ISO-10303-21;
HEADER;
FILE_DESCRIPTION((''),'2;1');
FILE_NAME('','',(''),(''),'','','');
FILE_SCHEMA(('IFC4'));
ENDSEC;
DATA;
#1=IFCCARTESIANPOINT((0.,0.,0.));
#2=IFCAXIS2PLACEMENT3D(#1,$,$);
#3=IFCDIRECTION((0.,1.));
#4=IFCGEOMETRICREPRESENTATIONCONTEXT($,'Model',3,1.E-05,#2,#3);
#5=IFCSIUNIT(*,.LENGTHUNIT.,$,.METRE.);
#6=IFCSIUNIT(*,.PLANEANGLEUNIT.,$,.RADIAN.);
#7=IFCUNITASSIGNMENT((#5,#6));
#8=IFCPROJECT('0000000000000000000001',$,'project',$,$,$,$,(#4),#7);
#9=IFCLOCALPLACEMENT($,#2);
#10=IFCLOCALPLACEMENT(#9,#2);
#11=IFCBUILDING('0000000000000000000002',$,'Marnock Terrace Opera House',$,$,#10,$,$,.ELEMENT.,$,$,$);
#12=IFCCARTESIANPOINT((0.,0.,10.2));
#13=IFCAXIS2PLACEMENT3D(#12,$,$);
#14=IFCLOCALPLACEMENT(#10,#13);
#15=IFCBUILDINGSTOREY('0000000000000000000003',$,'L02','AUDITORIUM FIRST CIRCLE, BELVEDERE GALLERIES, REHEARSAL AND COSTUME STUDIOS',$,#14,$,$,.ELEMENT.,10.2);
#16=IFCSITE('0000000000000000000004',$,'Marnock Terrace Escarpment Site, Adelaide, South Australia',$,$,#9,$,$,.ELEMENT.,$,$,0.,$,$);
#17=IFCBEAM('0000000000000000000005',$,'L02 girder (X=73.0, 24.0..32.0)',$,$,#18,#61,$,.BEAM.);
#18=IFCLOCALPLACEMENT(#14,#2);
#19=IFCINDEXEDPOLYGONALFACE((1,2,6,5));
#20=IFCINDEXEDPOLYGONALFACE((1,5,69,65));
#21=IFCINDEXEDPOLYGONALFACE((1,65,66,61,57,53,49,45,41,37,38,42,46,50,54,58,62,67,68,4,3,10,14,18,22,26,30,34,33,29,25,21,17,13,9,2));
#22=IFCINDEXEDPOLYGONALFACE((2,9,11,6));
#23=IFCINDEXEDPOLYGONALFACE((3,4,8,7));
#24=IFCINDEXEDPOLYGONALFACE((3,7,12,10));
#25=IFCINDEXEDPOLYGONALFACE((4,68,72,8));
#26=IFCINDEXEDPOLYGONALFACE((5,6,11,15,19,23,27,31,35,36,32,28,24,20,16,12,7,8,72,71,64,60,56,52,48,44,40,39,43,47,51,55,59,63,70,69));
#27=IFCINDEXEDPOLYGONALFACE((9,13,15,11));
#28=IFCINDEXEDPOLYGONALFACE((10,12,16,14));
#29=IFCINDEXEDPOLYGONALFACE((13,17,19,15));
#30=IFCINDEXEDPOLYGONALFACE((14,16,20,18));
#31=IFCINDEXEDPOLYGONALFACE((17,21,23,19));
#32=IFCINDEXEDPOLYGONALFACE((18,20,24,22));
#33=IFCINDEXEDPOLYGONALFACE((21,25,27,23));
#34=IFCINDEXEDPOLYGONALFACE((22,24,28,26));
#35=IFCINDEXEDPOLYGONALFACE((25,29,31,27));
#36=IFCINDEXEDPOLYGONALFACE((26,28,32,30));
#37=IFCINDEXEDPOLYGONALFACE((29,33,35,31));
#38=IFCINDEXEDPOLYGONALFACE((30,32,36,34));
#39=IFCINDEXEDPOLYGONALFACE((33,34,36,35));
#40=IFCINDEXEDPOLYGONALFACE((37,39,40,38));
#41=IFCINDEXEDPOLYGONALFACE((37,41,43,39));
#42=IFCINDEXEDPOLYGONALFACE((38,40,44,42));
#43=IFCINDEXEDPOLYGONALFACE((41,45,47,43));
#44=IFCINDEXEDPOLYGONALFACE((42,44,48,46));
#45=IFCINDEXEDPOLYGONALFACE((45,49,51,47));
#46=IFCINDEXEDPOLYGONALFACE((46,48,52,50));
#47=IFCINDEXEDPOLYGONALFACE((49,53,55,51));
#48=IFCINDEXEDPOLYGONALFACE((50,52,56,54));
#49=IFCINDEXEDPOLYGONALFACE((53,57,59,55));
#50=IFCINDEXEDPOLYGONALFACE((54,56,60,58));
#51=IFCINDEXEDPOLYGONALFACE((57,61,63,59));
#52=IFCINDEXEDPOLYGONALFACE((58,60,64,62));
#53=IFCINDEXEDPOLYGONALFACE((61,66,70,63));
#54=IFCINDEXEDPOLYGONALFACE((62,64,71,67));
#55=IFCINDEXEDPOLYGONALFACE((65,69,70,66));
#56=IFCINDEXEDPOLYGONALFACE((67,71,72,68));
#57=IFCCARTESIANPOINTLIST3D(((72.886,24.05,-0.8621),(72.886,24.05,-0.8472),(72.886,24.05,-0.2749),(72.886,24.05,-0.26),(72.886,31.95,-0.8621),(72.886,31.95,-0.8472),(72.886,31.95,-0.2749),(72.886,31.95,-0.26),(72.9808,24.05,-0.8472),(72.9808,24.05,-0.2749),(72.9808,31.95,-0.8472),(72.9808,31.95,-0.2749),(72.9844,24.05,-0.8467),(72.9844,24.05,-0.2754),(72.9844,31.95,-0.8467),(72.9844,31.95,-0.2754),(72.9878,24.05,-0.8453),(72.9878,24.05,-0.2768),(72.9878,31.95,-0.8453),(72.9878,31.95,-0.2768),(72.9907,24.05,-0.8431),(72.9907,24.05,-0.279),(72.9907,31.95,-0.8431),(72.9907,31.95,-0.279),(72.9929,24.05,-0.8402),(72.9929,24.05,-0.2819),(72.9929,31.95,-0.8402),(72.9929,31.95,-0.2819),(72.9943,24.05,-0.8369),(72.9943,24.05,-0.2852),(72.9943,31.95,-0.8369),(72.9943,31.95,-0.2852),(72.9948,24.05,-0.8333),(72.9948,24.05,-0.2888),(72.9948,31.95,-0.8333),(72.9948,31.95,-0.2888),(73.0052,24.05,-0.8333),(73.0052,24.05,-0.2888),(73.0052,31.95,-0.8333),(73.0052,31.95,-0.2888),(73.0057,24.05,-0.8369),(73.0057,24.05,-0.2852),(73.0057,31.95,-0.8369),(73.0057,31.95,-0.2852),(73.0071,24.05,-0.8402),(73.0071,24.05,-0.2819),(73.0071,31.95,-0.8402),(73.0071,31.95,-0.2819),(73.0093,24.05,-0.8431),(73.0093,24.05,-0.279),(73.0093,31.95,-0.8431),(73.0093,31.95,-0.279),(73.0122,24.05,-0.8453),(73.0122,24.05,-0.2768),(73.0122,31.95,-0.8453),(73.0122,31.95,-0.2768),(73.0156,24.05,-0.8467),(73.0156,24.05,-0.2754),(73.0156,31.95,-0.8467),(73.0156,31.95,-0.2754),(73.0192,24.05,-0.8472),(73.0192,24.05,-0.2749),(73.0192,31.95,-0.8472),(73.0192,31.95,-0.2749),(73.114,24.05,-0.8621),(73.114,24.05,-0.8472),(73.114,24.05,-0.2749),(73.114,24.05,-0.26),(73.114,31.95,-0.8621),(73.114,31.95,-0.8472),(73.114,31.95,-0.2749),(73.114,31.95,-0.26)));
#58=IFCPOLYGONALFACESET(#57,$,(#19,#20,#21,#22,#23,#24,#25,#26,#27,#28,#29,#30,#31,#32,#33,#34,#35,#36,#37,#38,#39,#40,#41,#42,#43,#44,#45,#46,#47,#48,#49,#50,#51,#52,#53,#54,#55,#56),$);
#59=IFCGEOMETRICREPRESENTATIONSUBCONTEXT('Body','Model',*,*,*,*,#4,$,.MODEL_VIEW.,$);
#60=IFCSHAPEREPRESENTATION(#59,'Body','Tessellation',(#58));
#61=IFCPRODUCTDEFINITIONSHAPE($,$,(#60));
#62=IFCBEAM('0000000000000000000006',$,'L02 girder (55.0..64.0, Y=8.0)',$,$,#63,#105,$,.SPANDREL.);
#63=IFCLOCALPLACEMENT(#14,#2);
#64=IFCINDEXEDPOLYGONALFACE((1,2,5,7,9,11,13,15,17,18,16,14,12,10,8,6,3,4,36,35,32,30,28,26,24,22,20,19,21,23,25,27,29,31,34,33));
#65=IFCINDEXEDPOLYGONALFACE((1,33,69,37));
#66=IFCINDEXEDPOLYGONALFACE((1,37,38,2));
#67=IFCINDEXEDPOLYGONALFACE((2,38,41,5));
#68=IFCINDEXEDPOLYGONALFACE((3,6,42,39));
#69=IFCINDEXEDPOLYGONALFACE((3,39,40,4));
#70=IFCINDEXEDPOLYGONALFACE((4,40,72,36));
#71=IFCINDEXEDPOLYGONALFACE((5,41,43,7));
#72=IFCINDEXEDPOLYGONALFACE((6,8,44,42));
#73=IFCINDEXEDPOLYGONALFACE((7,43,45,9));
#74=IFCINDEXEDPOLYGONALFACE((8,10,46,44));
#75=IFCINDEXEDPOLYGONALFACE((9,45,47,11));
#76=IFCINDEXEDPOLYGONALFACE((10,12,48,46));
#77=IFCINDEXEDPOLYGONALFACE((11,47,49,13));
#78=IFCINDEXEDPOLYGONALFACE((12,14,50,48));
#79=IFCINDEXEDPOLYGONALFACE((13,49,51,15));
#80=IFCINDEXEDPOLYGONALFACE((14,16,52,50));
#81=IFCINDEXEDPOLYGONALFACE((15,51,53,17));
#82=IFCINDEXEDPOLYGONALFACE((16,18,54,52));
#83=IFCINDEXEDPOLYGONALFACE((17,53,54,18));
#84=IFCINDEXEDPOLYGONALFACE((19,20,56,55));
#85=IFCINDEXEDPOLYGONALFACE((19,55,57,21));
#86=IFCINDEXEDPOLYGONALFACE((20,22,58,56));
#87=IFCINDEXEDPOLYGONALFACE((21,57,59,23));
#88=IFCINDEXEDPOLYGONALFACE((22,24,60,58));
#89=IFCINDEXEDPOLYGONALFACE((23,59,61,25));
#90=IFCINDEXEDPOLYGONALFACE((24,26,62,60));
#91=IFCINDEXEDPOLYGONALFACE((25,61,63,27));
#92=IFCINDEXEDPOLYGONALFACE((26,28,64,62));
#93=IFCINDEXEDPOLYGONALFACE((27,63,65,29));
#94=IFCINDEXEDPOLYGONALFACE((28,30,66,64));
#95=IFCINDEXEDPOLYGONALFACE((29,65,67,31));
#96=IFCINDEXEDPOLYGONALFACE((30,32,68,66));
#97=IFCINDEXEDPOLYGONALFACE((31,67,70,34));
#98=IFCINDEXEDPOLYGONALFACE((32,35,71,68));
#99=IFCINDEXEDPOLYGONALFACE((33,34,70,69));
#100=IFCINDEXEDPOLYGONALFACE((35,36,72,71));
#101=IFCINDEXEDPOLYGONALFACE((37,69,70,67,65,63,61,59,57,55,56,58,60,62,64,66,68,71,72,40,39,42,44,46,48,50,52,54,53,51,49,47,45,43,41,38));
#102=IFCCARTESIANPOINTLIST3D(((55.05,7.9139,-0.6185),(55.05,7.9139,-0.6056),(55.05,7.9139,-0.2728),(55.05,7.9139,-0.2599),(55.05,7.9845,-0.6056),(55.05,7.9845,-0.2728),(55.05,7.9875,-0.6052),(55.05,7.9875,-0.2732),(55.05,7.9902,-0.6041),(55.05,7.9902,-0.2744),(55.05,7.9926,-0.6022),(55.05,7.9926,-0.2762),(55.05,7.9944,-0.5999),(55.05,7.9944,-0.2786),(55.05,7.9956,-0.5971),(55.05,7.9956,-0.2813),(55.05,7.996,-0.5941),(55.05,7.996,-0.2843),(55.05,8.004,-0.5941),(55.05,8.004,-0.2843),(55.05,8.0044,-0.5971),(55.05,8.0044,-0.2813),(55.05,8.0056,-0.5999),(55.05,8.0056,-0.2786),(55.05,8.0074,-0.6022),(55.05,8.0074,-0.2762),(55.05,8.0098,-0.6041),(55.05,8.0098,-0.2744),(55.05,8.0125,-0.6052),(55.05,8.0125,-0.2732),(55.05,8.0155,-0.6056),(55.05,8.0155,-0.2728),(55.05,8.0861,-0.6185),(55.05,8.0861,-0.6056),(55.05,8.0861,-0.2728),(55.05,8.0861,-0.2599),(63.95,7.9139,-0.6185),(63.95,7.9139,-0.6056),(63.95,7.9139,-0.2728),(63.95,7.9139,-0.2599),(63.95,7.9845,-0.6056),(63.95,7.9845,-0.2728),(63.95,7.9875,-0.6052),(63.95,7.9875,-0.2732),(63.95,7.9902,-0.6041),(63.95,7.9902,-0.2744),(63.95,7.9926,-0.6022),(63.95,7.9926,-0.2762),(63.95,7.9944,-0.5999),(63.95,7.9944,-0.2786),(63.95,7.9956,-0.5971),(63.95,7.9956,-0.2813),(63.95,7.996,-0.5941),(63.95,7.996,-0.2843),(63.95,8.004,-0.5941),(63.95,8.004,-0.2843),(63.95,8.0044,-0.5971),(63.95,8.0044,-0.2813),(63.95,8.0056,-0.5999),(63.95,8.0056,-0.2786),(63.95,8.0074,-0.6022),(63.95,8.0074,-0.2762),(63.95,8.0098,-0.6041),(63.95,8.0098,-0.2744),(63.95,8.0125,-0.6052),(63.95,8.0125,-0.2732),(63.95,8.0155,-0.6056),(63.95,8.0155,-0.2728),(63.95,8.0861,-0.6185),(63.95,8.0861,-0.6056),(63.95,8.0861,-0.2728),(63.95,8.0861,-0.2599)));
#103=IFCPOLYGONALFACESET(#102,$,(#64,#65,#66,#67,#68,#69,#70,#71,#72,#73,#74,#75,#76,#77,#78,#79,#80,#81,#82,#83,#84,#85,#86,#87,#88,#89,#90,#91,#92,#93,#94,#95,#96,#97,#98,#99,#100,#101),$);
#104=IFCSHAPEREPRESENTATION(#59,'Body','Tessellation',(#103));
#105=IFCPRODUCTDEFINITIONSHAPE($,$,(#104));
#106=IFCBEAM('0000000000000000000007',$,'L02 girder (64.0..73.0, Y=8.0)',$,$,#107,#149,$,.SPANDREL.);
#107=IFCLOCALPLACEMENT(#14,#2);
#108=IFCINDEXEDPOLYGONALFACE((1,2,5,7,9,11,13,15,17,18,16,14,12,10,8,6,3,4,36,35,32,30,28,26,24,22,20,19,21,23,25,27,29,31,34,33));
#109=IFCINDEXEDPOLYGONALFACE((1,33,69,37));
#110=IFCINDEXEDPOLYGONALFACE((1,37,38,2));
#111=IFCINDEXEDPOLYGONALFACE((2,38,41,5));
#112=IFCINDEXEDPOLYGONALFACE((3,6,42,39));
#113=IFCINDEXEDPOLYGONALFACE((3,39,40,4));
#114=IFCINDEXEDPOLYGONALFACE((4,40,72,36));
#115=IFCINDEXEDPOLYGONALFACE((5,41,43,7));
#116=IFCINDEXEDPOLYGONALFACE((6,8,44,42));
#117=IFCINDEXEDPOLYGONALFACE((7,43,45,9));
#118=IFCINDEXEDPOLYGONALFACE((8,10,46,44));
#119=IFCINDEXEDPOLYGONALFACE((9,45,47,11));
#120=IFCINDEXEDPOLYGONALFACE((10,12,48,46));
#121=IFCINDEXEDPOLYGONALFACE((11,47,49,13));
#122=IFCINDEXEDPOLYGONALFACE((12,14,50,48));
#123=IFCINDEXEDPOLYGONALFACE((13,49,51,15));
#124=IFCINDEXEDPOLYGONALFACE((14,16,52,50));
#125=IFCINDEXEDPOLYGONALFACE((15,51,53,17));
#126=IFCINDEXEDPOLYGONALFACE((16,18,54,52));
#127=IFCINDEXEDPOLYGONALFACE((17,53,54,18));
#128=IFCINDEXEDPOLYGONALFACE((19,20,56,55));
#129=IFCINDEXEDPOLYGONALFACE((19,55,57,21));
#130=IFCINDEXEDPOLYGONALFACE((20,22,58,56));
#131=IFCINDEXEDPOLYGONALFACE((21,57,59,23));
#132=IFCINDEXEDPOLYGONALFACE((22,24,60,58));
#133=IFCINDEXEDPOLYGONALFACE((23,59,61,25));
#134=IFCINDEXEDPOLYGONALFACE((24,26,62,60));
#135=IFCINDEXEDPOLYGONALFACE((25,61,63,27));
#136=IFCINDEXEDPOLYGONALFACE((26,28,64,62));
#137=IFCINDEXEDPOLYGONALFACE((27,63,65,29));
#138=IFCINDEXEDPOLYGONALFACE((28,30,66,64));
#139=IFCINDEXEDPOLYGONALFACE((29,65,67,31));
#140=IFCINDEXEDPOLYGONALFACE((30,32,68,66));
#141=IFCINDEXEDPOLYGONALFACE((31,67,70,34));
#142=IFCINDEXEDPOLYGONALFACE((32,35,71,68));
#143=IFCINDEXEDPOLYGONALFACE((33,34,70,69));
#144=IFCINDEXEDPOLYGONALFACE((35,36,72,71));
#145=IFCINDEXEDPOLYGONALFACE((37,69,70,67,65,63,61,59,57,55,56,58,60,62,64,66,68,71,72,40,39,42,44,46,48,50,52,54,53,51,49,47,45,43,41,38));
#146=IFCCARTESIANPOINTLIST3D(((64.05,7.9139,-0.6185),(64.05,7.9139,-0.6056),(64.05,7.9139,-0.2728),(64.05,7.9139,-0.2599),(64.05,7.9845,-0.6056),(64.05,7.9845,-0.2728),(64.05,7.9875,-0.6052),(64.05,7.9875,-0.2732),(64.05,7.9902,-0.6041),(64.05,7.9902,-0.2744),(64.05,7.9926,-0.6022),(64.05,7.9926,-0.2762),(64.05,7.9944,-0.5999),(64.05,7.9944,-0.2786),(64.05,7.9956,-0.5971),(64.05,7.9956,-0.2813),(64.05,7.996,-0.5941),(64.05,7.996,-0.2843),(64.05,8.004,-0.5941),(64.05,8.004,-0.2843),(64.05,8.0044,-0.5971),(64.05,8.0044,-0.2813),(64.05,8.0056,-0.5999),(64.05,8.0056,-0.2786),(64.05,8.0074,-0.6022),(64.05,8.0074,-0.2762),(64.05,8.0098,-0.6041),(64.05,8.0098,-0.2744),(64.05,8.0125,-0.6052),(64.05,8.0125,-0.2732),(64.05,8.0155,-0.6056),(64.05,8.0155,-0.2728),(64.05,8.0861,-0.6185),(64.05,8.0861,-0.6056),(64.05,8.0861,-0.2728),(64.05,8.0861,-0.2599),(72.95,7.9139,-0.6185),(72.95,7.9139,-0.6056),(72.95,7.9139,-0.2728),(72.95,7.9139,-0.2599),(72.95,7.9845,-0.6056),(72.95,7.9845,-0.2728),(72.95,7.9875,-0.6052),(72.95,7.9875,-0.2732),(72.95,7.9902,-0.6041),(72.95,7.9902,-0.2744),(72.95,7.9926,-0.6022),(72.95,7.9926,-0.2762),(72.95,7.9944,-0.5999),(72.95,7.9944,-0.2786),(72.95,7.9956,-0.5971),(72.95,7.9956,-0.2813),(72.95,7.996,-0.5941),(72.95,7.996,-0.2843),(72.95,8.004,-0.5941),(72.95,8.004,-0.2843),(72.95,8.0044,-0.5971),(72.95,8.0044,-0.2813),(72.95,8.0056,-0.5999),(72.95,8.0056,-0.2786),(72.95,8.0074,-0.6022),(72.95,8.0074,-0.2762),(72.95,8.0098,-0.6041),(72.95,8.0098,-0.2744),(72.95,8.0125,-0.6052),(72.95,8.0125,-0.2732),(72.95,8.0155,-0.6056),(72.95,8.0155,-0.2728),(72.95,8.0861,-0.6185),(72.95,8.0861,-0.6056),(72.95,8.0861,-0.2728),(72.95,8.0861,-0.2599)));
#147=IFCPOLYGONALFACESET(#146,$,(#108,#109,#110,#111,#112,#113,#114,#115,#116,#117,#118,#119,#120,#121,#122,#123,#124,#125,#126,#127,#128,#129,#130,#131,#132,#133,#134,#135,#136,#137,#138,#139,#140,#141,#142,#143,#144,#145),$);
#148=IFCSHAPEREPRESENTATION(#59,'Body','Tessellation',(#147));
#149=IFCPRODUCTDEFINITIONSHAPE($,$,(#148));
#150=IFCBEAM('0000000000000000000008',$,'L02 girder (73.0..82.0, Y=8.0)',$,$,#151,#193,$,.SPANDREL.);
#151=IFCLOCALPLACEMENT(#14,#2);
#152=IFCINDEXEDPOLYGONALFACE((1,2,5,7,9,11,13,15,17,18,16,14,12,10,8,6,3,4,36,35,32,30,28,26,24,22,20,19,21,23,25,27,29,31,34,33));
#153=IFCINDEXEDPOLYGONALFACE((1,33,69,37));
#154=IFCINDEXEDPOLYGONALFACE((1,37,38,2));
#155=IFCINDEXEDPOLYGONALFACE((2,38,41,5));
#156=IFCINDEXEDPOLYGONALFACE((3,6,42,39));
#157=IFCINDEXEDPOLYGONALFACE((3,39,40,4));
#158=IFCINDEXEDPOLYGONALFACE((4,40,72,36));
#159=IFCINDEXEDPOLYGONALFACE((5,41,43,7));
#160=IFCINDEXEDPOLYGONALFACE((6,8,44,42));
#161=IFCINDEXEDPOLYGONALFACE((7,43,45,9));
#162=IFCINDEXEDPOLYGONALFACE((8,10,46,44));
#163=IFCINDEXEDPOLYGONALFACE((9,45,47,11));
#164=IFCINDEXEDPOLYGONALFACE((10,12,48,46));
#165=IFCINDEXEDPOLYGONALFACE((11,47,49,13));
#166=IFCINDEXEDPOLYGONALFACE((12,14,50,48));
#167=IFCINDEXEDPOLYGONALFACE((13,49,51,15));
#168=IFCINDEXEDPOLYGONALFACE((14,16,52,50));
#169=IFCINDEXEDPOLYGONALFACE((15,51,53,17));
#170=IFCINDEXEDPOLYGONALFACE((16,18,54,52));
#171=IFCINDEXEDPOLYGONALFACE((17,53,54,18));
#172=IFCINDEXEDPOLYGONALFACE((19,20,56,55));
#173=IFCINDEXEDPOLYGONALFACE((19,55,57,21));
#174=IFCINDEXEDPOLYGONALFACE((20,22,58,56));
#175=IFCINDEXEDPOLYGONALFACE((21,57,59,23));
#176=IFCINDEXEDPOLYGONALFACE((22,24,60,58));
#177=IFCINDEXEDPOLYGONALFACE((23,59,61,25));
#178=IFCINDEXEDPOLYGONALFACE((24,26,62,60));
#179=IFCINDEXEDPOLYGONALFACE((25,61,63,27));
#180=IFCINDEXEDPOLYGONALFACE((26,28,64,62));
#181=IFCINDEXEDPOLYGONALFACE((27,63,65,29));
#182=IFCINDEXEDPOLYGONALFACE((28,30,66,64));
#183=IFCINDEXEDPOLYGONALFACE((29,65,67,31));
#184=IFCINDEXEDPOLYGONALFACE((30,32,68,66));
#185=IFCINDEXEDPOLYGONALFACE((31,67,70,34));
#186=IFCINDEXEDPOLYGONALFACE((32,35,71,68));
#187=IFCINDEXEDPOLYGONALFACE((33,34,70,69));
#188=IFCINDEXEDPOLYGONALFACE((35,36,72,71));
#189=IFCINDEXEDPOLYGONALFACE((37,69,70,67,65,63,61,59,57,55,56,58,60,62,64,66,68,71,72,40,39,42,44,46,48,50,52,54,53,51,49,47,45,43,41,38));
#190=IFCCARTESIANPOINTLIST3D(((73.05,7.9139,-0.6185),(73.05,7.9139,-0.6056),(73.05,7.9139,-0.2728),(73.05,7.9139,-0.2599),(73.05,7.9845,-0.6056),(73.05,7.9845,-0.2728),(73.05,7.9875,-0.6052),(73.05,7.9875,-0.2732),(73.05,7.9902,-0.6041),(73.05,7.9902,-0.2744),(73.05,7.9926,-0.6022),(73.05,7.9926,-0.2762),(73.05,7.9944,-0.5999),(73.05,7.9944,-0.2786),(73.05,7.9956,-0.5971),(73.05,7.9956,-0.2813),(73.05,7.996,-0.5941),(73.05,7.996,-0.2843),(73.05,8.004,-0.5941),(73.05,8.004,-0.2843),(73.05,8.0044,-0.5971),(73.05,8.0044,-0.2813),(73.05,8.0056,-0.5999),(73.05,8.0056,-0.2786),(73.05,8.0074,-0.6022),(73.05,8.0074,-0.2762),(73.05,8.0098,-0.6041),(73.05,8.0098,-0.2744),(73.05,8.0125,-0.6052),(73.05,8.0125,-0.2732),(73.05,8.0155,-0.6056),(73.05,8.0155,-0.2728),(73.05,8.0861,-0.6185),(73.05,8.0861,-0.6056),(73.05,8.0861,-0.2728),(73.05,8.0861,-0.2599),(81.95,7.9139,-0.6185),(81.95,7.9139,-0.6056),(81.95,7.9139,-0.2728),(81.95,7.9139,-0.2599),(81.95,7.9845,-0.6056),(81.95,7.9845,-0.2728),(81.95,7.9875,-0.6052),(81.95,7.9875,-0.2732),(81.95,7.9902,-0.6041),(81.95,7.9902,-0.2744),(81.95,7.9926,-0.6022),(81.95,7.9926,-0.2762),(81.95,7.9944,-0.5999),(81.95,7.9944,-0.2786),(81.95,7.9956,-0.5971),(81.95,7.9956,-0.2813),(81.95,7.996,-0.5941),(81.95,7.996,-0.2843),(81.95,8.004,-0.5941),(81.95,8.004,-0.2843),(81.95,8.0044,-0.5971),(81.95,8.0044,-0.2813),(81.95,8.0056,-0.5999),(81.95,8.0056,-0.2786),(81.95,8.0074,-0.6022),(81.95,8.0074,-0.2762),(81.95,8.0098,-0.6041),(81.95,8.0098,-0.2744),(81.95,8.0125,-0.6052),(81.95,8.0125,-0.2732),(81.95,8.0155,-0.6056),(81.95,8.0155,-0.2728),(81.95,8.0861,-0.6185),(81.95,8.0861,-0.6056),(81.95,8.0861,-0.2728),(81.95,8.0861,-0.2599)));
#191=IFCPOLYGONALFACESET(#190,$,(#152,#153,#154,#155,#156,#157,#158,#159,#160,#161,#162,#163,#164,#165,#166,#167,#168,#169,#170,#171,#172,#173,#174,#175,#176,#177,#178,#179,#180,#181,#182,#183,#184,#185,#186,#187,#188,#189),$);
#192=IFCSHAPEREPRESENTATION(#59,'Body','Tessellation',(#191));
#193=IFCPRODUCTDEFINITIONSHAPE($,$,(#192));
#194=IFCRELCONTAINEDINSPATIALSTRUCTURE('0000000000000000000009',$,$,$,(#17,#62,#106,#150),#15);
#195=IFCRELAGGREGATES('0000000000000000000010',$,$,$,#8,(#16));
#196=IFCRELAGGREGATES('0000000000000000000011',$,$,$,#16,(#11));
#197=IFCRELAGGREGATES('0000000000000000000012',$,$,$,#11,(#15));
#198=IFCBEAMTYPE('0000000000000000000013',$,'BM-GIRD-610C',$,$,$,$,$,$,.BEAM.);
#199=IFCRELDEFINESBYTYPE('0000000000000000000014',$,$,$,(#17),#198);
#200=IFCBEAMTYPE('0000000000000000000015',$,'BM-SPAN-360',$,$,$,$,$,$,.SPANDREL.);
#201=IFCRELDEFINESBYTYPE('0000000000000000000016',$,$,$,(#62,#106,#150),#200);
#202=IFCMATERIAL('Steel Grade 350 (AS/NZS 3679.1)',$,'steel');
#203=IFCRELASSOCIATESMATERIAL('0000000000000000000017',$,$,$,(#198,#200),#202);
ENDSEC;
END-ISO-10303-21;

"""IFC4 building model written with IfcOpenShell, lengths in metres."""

from ifc_helpers import new_model, si_unit, direction, frame, origin, origin_2d, place, context, subcontext, project, spatial, i_section, extrude, material, material_profile, profile_set, type_object, element, save


model = new_model("IFC4")

# Units and contexts
model_context = context("Model", 3, precision=1e-05, world=origin(), true_north=direction((0.0, 1.0)))
body_context = subcontext(model_context, "Body", "Model", "MODEL_VIEW")
ifc_project = project(units=[si_unit("LENGTHUNIT", "METRE"), si_unit("PLANEANGLEUNIT", "RADIAN")], contexts=[model_context])

# Site, building, storey
site_placement = place(None, origin())
site = spatial("IfcSite", under=ifc_project, at=site_placement, Name="Marnock Terrace Escarpment Site, Adelaide, South Australia", CompositionType="ELEMENT", RefElevation=0.0)
building_placement = place(site_placement, origin())
building = spatial("IfcBuilding", under=site, at=building_placement, Name="Marnock Terrace Opera House", CompositionType="ELEMENT")
storey_placement = place(building_placement, frame((0.0, 0.0, 10.2)))
storey = spatial("IfcBuildingStorey", under=building, at=storey_placement, Name="L02", Description="AUDITORIUM FIRST CIRCLE, BELVEDERE GALLERIES, REHEARSAL AND COSTUME STUDIOS", CompositionType="ELEMENT", Elevation=10.2)

# Beams
ifc_material_1 = material(Name="Steel Grade 350 (AS/NZS 3679.1)", Category="steel")
ifc_material_profile_1 = material_profile(ifc_material_1, i_section(OverallWidth=0.228, OverallDepth=0.6021, WebThickness=0.0105, FlangeThickness=0.0149, FilletRadius=0.0139, at=origin_2d()))
ifc_profile_set_1 = profile_set([ifc_material_profile_1], Name="Steel Grade 350 (AS/NZS 3679.1)")
beam_type_1 = type_object("IfcBeamType", Name="BM-GIRD-610C", PredefinedType="BEAM", material=ifc_profile_set_1)
for number, where, z_axis, x_axis, name in (
    (1, (73.0, 24.05, -0.561), (0.0, 1.0, 0.0), (-1.0, 0.0, 0.0), "L02 girder (X=73.0, 24.0..32.0)"),
):
    element("IfcBeam", number, at=place(storey_placement, frame(where, z_axis=z_axis, x_axis=x_axis)), inside=storey, type_object=beam_type_1, Name=name, PredefinedType="BEAM", context=body_context, shape_type="SweptSolid", body=[
        extrude(i_section(OverallWidth=0.228, OverallDepth=0.6021, WebThickness=0.0105, FlangeThickness=0.0149, FilletRadius=0.0139, at=origin_2d()), origin(), (0.0, 0.0, 1.0), 7.8999),
    ])
ifc_material_profile_2 = material_profile(ifc_material_1, i_section(OverallWidth=0.1721, OverallDepth=0.3586, WebThickness=0.0081, FlangeThickness=0.0129, FilletRadius=0.0115, at=origin_2d()))
ifc_profile_set_2 = profile_set([ifc_material_profile_2], Name="Steel Grade 350 (AS/NZS 3679.1)")
beam_type_2 = type_object("IfcBeamType", Name="BM-SPAN-360", PredefinedType="SPANDREL", material=ifc_profile_set_2)
for number, where, z_axis, x_axis, name in (
    (2, (55.05, 8.0, -0.4392), (1.0, 0.0, 0.0), (0.0, 1.0, 0.0), "L02 girder (55.0..64.0, Y=8.0)"),
    (3, (64.05, 8.0, -0.4392), (1.0, 0.0, 0.0), (0.0, 1.0, 0.0), "L02 girder (64.0..73.0, Y=8.0)"),
    (4, (73.05, 8.0, -0.4392), (1.0, 0.0, 0.0), (0.0, 1.0, 0.0), "L02 girder (73.0..82.0, Y=8.0)"),
):
    element("IfcBeam", number, at=place(storey_placement, frame(where, z_axis=z_axis, x_axis=x_axis)), inside=storey, type_object=beam_type_2, Name=name, PredefinedType="SPANDREL", context=body_context, shape_type="SweptSolid", body=[
        extrude(i_section(OverallWidth=0.1721, OverallDepth=0.3586, WebThickness=0.0081, FlangeThickness=0.0129, FilletRadius=0.0115, at=origin_2d()), origin(), (0.0, 0.0, 1.0), 8.8999),
    ])

save(model, "model.ifc")
